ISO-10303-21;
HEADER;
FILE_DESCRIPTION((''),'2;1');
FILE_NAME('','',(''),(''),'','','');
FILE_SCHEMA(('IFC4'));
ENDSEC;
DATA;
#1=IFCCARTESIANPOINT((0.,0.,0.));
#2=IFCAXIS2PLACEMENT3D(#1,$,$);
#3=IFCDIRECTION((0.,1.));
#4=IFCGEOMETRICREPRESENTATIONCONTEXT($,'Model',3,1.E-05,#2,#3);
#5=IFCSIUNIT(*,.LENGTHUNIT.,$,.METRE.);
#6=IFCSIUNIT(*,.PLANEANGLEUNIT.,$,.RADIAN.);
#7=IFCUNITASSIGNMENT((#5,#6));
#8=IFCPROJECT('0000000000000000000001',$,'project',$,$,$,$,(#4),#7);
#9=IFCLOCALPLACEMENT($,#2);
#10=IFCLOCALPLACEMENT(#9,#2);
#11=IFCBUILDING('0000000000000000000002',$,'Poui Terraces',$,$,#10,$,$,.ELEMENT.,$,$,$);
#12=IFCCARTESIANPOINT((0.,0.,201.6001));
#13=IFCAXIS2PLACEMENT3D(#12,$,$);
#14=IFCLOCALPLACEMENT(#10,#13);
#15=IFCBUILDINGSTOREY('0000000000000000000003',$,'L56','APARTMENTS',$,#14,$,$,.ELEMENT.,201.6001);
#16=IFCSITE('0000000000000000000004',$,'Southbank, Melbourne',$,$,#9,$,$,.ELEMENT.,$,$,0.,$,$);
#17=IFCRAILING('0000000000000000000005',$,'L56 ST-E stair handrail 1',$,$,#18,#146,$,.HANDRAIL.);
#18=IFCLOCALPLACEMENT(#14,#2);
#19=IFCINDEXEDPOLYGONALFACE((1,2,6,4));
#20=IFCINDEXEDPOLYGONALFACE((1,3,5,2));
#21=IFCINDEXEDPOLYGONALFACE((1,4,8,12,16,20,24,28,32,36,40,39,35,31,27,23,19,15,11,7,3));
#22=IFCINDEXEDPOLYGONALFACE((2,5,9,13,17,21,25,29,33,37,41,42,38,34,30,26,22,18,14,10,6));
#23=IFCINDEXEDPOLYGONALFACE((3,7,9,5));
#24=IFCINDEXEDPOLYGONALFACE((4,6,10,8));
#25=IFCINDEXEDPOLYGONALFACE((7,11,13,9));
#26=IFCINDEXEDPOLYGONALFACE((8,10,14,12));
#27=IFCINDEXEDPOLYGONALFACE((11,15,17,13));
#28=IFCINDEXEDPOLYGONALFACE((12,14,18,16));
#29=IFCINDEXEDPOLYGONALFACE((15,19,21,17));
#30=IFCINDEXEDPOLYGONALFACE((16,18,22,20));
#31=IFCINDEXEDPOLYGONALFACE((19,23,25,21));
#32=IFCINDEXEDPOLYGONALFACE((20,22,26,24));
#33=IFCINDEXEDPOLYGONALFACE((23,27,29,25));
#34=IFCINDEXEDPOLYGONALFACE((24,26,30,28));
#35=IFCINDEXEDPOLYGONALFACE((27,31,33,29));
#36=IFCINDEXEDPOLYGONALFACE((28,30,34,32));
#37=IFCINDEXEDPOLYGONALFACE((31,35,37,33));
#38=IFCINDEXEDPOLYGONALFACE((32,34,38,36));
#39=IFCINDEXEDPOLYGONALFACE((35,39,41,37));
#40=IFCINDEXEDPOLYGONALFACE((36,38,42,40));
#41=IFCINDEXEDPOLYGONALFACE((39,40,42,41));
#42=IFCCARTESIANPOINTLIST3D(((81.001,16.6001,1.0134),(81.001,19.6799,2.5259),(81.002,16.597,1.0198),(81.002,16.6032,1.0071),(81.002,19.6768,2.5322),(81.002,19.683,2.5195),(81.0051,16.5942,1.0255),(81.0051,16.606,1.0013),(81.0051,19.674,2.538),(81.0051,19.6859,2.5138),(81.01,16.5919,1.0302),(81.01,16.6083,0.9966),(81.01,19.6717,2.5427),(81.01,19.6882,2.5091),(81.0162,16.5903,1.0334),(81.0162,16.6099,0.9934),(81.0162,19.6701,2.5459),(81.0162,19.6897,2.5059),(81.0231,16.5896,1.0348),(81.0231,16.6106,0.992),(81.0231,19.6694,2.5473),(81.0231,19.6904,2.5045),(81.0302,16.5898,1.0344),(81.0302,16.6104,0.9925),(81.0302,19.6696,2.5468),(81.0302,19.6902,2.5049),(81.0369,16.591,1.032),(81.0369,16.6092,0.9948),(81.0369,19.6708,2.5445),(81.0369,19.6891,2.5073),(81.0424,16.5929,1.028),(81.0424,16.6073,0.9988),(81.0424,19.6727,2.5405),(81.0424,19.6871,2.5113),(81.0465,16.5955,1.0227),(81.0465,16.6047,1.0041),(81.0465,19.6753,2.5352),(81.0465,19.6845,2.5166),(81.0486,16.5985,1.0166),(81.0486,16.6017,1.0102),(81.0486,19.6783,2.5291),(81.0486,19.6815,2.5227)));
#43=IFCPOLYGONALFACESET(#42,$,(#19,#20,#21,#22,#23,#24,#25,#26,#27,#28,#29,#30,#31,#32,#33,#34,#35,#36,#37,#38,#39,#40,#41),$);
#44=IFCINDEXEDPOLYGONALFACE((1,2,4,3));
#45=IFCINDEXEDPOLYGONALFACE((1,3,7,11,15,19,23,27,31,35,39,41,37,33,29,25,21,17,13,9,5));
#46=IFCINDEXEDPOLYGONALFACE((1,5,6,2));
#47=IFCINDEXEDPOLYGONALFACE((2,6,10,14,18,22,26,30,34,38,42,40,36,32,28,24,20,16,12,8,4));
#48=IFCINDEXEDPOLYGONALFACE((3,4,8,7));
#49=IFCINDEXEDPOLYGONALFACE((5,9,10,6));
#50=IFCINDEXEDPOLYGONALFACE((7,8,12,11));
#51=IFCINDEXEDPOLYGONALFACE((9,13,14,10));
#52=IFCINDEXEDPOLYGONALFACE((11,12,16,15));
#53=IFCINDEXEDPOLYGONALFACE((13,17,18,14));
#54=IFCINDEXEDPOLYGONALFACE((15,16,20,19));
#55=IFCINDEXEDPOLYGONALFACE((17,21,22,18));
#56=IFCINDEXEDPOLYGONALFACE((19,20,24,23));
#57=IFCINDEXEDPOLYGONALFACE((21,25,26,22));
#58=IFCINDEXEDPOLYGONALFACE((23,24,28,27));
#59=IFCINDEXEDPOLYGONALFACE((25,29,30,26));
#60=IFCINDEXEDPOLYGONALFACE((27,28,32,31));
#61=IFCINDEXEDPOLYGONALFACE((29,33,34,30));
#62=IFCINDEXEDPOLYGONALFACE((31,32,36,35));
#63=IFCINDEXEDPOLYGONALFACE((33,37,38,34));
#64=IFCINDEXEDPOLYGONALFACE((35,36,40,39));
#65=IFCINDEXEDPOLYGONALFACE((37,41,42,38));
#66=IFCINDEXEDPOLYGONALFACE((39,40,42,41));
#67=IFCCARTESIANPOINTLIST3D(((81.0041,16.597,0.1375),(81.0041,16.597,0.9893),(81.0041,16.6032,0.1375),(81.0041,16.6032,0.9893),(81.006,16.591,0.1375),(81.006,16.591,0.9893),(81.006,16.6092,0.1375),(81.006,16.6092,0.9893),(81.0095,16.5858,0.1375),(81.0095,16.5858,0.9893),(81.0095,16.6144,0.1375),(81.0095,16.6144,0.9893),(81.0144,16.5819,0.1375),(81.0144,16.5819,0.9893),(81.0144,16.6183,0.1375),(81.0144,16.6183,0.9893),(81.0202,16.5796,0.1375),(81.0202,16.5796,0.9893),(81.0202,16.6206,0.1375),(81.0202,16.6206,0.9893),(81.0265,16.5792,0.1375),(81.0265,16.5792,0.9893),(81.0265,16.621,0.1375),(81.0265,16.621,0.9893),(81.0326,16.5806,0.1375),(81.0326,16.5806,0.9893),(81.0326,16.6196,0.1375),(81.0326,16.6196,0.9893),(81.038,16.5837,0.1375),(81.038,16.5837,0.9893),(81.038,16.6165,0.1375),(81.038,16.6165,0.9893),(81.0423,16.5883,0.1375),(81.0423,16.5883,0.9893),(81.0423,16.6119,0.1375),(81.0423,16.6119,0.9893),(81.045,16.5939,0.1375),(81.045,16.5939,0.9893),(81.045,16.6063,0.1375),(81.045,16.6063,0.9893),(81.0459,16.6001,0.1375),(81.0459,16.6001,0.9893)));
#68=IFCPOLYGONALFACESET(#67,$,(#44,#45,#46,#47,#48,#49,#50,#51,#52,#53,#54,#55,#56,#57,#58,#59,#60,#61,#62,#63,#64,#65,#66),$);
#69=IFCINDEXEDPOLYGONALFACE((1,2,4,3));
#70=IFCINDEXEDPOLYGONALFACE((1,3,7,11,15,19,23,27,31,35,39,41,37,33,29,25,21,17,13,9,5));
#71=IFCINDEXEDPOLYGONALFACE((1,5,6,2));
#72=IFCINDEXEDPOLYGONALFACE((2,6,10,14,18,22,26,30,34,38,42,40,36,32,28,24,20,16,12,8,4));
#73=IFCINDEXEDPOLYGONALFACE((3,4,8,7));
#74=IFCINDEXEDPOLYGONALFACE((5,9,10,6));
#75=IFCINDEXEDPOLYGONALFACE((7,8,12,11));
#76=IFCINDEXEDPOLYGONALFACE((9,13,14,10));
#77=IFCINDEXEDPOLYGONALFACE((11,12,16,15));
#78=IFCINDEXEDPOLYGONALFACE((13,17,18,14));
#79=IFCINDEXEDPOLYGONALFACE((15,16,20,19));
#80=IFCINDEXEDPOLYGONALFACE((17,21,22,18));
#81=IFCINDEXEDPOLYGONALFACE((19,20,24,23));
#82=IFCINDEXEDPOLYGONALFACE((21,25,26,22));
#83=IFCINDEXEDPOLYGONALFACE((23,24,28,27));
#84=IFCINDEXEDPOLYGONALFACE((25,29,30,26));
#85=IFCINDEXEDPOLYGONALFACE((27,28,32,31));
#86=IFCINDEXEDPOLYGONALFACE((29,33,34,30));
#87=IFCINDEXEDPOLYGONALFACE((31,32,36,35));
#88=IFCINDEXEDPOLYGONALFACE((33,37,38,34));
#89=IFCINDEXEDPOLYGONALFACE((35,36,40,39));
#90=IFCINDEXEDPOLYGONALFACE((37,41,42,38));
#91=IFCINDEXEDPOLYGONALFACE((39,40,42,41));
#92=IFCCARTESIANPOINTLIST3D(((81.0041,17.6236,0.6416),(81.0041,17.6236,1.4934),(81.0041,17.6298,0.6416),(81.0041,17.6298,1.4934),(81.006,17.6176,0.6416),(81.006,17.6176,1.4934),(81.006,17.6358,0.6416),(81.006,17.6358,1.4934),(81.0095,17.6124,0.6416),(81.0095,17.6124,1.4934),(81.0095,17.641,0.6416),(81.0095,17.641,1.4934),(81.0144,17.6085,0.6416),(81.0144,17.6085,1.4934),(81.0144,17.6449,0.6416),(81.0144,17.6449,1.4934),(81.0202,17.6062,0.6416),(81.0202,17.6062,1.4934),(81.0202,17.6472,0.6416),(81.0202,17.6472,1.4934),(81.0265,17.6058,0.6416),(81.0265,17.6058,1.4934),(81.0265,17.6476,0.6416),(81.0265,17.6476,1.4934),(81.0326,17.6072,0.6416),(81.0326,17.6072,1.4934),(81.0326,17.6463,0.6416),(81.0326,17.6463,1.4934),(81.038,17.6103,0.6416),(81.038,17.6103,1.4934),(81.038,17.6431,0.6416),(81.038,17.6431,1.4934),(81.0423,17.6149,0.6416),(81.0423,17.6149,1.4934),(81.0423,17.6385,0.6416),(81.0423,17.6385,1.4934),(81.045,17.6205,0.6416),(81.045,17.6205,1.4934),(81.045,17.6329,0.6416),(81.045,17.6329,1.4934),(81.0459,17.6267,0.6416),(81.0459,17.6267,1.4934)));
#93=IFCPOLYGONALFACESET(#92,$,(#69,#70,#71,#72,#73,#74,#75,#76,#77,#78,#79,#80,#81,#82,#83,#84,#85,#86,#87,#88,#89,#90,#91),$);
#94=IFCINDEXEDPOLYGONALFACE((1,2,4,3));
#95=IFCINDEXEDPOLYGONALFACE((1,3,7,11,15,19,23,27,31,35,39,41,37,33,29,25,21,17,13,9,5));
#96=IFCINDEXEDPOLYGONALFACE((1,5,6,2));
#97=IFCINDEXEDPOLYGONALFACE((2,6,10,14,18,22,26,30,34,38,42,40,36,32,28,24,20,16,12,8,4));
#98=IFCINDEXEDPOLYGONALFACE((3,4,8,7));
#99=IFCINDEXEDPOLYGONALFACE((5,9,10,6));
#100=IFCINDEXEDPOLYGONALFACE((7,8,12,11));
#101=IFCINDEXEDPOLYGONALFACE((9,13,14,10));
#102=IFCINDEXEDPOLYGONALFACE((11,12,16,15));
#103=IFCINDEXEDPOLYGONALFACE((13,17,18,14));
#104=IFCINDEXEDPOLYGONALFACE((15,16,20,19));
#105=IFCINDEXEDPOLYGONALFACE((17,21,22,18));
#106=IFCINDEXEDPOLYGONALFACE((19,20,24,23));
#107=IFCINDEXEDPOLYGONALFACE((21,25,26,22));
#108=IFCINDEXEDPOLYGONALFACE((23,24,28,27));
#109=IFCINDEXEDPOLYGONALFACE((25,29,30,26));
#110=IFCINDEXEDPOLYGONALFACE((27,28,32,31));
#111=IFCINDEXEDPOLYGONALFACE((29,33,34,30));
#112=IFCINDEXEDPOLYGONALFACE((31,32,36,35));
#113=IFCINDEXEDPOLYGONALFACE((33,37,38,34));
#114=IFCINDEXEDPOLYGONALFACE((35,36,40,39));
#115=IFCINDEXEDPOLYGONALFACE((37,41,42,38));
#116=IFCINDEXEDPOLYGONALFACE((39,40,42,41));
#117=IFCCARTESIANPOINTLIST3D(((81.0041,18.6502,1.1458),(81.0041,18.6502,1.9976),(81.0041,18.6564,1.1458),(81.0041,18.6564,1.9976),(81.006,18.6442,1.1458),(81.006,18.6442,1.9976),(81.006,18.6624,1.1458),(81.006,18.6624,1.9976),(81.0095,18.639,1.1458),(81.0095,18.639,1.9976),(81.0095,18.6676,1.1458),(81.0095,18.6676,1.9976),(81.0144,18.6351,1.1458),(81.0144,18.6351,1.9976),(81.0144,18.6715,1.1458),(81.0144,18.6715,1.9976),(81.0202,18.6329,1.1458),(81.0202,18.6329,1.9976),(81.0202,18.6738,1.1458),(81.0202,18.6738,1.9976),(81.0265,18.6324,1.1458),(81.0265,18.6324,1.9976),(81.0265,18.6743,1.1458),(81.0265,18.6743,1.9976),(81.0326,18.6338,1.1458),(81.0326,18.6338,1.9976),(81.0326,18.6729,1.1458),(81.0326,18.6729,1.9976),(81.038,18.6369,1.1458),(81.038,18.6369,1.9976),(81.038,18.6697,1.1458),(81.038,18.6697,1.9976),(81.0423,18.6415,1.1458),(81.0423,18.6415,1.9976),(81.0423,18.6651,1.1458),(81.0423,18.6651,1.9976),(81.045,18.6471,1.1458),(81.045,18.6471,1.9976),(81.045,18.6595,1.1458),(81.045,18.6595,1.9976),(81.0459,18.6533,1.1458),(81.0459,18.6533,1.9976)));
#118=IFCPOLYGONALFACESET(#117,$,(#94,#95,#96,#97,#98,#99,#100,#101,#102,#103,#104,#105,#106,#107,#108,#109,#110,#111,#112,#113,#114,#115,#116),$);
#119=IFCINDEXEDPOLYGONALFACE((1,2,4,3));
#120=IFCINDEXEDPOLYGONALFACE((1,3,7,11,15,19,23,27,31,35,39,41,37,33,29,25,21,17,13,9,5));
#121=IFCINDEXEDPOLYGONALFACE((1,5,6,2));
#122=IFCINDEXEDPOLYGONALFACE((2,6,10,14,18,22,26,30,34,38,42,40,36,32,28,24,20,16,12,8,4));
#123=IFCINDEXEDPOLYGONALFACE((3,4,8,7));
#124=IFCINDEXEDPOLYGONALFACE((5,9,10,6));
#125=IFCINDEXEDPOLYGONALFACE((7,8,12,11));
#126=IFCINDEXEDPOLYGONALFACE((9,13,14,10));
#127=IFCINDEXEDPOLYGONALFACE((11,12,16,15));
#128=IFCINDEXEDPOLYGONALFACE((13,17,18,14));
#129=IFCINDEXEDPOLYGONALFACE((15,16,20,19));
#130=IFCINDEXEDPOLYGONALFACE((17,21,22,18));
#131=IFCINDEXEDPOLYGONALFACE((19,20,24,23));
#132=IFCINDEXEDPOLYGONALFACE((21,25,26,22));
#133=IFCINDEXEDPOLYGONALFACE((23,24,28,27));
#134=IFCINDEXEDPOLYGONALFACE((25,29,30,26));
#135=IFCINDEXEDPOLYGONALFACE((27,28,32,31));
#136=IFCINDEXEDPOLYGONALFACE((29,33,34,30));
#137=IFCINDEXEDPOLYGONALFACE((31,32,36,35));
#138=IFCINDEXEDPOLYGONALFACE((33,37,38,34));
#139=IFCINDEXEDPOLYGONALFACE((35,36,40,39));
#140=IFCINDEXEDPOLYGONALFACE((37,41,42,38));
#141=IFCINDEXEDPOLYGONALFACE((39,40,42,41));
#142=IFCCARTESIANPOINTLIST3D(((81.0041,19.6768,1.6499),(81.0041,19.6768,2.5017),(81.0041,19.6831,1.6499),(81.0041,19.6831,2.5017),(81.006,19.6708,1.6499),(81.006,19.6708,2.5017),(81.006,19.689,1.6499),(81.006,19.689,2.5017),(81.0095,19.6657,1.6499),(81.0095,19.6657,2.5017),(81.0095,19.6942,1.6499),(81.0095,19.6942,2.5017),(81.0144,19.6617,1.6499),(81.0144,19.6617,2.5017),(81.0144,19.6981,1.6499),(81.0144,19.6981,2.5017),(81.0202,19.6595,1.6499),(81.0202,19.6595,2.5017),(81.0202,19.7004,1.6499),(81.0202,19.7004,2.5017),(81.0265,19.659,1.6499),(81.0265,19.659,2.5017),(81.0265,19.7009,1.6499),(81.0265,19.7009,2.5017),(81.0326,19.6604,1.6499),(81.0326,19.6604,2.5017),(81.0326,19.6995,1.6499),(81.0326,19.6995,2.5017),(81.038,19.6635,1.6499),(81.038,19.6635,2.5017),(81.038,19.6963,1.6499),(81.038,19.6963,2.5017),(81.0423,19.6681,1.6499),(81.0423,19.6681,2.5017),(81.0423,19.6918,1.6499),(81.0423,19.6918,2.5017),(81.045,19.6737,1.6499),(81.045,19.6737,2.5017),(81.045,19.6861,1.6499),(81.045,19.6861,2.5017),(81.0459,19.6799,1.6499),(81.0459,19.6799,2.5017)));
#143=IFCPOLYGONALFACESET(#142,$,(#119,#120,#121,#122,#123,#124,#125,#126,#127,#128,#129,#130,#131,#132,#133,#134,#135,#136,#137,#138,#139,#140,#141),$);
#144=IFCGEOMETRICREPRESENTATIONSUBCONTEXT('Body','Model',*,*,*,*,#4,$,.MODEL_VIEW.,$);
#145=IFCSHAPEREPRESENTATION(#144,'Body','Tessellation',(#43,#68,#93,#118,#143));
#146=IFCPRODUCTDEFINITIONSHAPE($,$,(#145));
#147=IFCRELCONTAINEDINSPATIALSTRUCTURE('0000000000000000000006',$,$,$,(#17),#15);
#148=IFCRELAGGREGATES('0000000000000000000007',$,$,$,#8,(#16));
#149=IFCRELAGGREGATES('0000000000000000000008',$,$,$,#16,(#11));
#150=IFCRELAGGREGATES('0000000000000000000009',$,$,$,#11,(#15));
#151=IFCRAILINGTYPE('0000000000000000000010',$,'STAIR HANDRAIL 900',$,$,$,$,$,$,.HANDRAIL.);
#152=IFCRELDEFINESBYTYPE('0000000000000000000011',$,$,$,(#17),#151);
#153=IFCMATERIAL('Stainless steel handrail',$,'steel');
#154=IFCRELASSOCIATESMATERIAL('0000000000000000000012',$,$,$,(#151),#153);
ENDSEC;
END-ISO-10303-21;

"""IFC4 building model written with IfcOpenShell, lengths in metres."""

from ifc_helpers import new_model, si_unit, direction, frame, origin, origin_2d, place, context, subcontext, project, spatial, circle, extrude, material, type_object, element, save


model = new_model("IFC4")

# Units and contexts
model_context = context("Model", 3, precision=1e-05, world=origin(), true_north=direction((0.0, 1.0)))
body_context = subcontext(model_context, "Body", "Model", "MODEL_VIEW")
ifc_project = project(units=[si_unit("LENGTHUNIT", "METRE"), si_unit("PLANEANGLEUNIT", "RADIAN")], contexts=[model_context])

# Site, building, storey
site_placement = place(None, origin())
site = spatial("IfcSite", under=ifc_project, at=site_placement, Name="Southbank, Melbourne", CompositionType="ELEMENT", RefElevation=0.0)
building_placement = place(site_placement, origin())
building = spatial("IfcBuilding", under=site, at=building_placement, Name="Poui Terraces", CompositionType="ELEMENT")
storey_placement = place(building_placement, frame((0.0, 0.0, 201.6001)))
storey = spatial("IfcBuildingStorey", under=building, at=storey_placement, Name="L56", Description="APARTMENTS", CompositionType="ELEMENT", Elevation=201.6001)

# Railing
ifc_material_1 = material(Name="Stainless steel handrail", Category="steel")
railing_type_1 = type_object("IfcRailingType", Name="STAIR HANDRAIL 900", PredefinedType="HANDRAIL", material=ifc_material_1)
railing_1_placement = place(storey_placement, frame((81.0249, 16.6001, 0.1375)))
element("IfcRailing", 1, at=railing_1_placement, inside=storey, type_object=railing_type_1, Name="L56 ST-E stair handrail 1", PredefinedType="HANDRAIL", context=body_context, shape_type="SweptSolid", body=[
    extrude(circle(Radius=0.0239, at=origin_2d()), frame((0.0, 0.0, 0.876), z_axis=(0.0, 0.897606, 0.440798), x_axis=(-1.0, 0.0, 0.0)), (0.0, 0.0, 1.0), 3.4312),
    extrude(circle(Radius=0.021, at=origin_2d()), origin(), (0.0, 0.0, 1.0), 0.8518),
    extrude(circle(Radius=0.021, at=origin_2d()), frame((0.0, 1.0266, 0.5042)), (0.0, 0.0, 1.0), 0.8518),
    extrude(circle(Radius=0.021, at=origin_2d()), frame((0.0, 2.0532, 1.0083)), (0.0, 0.0, 1.0), 0.8518),
    extrude(circle(Radius=0.021, at=origin_2d()), frame((0.0, 3.0798, 1.5125)), (0.0, 0.0, 1.0), 0.8518),
])

save(model, "model.ifc")
